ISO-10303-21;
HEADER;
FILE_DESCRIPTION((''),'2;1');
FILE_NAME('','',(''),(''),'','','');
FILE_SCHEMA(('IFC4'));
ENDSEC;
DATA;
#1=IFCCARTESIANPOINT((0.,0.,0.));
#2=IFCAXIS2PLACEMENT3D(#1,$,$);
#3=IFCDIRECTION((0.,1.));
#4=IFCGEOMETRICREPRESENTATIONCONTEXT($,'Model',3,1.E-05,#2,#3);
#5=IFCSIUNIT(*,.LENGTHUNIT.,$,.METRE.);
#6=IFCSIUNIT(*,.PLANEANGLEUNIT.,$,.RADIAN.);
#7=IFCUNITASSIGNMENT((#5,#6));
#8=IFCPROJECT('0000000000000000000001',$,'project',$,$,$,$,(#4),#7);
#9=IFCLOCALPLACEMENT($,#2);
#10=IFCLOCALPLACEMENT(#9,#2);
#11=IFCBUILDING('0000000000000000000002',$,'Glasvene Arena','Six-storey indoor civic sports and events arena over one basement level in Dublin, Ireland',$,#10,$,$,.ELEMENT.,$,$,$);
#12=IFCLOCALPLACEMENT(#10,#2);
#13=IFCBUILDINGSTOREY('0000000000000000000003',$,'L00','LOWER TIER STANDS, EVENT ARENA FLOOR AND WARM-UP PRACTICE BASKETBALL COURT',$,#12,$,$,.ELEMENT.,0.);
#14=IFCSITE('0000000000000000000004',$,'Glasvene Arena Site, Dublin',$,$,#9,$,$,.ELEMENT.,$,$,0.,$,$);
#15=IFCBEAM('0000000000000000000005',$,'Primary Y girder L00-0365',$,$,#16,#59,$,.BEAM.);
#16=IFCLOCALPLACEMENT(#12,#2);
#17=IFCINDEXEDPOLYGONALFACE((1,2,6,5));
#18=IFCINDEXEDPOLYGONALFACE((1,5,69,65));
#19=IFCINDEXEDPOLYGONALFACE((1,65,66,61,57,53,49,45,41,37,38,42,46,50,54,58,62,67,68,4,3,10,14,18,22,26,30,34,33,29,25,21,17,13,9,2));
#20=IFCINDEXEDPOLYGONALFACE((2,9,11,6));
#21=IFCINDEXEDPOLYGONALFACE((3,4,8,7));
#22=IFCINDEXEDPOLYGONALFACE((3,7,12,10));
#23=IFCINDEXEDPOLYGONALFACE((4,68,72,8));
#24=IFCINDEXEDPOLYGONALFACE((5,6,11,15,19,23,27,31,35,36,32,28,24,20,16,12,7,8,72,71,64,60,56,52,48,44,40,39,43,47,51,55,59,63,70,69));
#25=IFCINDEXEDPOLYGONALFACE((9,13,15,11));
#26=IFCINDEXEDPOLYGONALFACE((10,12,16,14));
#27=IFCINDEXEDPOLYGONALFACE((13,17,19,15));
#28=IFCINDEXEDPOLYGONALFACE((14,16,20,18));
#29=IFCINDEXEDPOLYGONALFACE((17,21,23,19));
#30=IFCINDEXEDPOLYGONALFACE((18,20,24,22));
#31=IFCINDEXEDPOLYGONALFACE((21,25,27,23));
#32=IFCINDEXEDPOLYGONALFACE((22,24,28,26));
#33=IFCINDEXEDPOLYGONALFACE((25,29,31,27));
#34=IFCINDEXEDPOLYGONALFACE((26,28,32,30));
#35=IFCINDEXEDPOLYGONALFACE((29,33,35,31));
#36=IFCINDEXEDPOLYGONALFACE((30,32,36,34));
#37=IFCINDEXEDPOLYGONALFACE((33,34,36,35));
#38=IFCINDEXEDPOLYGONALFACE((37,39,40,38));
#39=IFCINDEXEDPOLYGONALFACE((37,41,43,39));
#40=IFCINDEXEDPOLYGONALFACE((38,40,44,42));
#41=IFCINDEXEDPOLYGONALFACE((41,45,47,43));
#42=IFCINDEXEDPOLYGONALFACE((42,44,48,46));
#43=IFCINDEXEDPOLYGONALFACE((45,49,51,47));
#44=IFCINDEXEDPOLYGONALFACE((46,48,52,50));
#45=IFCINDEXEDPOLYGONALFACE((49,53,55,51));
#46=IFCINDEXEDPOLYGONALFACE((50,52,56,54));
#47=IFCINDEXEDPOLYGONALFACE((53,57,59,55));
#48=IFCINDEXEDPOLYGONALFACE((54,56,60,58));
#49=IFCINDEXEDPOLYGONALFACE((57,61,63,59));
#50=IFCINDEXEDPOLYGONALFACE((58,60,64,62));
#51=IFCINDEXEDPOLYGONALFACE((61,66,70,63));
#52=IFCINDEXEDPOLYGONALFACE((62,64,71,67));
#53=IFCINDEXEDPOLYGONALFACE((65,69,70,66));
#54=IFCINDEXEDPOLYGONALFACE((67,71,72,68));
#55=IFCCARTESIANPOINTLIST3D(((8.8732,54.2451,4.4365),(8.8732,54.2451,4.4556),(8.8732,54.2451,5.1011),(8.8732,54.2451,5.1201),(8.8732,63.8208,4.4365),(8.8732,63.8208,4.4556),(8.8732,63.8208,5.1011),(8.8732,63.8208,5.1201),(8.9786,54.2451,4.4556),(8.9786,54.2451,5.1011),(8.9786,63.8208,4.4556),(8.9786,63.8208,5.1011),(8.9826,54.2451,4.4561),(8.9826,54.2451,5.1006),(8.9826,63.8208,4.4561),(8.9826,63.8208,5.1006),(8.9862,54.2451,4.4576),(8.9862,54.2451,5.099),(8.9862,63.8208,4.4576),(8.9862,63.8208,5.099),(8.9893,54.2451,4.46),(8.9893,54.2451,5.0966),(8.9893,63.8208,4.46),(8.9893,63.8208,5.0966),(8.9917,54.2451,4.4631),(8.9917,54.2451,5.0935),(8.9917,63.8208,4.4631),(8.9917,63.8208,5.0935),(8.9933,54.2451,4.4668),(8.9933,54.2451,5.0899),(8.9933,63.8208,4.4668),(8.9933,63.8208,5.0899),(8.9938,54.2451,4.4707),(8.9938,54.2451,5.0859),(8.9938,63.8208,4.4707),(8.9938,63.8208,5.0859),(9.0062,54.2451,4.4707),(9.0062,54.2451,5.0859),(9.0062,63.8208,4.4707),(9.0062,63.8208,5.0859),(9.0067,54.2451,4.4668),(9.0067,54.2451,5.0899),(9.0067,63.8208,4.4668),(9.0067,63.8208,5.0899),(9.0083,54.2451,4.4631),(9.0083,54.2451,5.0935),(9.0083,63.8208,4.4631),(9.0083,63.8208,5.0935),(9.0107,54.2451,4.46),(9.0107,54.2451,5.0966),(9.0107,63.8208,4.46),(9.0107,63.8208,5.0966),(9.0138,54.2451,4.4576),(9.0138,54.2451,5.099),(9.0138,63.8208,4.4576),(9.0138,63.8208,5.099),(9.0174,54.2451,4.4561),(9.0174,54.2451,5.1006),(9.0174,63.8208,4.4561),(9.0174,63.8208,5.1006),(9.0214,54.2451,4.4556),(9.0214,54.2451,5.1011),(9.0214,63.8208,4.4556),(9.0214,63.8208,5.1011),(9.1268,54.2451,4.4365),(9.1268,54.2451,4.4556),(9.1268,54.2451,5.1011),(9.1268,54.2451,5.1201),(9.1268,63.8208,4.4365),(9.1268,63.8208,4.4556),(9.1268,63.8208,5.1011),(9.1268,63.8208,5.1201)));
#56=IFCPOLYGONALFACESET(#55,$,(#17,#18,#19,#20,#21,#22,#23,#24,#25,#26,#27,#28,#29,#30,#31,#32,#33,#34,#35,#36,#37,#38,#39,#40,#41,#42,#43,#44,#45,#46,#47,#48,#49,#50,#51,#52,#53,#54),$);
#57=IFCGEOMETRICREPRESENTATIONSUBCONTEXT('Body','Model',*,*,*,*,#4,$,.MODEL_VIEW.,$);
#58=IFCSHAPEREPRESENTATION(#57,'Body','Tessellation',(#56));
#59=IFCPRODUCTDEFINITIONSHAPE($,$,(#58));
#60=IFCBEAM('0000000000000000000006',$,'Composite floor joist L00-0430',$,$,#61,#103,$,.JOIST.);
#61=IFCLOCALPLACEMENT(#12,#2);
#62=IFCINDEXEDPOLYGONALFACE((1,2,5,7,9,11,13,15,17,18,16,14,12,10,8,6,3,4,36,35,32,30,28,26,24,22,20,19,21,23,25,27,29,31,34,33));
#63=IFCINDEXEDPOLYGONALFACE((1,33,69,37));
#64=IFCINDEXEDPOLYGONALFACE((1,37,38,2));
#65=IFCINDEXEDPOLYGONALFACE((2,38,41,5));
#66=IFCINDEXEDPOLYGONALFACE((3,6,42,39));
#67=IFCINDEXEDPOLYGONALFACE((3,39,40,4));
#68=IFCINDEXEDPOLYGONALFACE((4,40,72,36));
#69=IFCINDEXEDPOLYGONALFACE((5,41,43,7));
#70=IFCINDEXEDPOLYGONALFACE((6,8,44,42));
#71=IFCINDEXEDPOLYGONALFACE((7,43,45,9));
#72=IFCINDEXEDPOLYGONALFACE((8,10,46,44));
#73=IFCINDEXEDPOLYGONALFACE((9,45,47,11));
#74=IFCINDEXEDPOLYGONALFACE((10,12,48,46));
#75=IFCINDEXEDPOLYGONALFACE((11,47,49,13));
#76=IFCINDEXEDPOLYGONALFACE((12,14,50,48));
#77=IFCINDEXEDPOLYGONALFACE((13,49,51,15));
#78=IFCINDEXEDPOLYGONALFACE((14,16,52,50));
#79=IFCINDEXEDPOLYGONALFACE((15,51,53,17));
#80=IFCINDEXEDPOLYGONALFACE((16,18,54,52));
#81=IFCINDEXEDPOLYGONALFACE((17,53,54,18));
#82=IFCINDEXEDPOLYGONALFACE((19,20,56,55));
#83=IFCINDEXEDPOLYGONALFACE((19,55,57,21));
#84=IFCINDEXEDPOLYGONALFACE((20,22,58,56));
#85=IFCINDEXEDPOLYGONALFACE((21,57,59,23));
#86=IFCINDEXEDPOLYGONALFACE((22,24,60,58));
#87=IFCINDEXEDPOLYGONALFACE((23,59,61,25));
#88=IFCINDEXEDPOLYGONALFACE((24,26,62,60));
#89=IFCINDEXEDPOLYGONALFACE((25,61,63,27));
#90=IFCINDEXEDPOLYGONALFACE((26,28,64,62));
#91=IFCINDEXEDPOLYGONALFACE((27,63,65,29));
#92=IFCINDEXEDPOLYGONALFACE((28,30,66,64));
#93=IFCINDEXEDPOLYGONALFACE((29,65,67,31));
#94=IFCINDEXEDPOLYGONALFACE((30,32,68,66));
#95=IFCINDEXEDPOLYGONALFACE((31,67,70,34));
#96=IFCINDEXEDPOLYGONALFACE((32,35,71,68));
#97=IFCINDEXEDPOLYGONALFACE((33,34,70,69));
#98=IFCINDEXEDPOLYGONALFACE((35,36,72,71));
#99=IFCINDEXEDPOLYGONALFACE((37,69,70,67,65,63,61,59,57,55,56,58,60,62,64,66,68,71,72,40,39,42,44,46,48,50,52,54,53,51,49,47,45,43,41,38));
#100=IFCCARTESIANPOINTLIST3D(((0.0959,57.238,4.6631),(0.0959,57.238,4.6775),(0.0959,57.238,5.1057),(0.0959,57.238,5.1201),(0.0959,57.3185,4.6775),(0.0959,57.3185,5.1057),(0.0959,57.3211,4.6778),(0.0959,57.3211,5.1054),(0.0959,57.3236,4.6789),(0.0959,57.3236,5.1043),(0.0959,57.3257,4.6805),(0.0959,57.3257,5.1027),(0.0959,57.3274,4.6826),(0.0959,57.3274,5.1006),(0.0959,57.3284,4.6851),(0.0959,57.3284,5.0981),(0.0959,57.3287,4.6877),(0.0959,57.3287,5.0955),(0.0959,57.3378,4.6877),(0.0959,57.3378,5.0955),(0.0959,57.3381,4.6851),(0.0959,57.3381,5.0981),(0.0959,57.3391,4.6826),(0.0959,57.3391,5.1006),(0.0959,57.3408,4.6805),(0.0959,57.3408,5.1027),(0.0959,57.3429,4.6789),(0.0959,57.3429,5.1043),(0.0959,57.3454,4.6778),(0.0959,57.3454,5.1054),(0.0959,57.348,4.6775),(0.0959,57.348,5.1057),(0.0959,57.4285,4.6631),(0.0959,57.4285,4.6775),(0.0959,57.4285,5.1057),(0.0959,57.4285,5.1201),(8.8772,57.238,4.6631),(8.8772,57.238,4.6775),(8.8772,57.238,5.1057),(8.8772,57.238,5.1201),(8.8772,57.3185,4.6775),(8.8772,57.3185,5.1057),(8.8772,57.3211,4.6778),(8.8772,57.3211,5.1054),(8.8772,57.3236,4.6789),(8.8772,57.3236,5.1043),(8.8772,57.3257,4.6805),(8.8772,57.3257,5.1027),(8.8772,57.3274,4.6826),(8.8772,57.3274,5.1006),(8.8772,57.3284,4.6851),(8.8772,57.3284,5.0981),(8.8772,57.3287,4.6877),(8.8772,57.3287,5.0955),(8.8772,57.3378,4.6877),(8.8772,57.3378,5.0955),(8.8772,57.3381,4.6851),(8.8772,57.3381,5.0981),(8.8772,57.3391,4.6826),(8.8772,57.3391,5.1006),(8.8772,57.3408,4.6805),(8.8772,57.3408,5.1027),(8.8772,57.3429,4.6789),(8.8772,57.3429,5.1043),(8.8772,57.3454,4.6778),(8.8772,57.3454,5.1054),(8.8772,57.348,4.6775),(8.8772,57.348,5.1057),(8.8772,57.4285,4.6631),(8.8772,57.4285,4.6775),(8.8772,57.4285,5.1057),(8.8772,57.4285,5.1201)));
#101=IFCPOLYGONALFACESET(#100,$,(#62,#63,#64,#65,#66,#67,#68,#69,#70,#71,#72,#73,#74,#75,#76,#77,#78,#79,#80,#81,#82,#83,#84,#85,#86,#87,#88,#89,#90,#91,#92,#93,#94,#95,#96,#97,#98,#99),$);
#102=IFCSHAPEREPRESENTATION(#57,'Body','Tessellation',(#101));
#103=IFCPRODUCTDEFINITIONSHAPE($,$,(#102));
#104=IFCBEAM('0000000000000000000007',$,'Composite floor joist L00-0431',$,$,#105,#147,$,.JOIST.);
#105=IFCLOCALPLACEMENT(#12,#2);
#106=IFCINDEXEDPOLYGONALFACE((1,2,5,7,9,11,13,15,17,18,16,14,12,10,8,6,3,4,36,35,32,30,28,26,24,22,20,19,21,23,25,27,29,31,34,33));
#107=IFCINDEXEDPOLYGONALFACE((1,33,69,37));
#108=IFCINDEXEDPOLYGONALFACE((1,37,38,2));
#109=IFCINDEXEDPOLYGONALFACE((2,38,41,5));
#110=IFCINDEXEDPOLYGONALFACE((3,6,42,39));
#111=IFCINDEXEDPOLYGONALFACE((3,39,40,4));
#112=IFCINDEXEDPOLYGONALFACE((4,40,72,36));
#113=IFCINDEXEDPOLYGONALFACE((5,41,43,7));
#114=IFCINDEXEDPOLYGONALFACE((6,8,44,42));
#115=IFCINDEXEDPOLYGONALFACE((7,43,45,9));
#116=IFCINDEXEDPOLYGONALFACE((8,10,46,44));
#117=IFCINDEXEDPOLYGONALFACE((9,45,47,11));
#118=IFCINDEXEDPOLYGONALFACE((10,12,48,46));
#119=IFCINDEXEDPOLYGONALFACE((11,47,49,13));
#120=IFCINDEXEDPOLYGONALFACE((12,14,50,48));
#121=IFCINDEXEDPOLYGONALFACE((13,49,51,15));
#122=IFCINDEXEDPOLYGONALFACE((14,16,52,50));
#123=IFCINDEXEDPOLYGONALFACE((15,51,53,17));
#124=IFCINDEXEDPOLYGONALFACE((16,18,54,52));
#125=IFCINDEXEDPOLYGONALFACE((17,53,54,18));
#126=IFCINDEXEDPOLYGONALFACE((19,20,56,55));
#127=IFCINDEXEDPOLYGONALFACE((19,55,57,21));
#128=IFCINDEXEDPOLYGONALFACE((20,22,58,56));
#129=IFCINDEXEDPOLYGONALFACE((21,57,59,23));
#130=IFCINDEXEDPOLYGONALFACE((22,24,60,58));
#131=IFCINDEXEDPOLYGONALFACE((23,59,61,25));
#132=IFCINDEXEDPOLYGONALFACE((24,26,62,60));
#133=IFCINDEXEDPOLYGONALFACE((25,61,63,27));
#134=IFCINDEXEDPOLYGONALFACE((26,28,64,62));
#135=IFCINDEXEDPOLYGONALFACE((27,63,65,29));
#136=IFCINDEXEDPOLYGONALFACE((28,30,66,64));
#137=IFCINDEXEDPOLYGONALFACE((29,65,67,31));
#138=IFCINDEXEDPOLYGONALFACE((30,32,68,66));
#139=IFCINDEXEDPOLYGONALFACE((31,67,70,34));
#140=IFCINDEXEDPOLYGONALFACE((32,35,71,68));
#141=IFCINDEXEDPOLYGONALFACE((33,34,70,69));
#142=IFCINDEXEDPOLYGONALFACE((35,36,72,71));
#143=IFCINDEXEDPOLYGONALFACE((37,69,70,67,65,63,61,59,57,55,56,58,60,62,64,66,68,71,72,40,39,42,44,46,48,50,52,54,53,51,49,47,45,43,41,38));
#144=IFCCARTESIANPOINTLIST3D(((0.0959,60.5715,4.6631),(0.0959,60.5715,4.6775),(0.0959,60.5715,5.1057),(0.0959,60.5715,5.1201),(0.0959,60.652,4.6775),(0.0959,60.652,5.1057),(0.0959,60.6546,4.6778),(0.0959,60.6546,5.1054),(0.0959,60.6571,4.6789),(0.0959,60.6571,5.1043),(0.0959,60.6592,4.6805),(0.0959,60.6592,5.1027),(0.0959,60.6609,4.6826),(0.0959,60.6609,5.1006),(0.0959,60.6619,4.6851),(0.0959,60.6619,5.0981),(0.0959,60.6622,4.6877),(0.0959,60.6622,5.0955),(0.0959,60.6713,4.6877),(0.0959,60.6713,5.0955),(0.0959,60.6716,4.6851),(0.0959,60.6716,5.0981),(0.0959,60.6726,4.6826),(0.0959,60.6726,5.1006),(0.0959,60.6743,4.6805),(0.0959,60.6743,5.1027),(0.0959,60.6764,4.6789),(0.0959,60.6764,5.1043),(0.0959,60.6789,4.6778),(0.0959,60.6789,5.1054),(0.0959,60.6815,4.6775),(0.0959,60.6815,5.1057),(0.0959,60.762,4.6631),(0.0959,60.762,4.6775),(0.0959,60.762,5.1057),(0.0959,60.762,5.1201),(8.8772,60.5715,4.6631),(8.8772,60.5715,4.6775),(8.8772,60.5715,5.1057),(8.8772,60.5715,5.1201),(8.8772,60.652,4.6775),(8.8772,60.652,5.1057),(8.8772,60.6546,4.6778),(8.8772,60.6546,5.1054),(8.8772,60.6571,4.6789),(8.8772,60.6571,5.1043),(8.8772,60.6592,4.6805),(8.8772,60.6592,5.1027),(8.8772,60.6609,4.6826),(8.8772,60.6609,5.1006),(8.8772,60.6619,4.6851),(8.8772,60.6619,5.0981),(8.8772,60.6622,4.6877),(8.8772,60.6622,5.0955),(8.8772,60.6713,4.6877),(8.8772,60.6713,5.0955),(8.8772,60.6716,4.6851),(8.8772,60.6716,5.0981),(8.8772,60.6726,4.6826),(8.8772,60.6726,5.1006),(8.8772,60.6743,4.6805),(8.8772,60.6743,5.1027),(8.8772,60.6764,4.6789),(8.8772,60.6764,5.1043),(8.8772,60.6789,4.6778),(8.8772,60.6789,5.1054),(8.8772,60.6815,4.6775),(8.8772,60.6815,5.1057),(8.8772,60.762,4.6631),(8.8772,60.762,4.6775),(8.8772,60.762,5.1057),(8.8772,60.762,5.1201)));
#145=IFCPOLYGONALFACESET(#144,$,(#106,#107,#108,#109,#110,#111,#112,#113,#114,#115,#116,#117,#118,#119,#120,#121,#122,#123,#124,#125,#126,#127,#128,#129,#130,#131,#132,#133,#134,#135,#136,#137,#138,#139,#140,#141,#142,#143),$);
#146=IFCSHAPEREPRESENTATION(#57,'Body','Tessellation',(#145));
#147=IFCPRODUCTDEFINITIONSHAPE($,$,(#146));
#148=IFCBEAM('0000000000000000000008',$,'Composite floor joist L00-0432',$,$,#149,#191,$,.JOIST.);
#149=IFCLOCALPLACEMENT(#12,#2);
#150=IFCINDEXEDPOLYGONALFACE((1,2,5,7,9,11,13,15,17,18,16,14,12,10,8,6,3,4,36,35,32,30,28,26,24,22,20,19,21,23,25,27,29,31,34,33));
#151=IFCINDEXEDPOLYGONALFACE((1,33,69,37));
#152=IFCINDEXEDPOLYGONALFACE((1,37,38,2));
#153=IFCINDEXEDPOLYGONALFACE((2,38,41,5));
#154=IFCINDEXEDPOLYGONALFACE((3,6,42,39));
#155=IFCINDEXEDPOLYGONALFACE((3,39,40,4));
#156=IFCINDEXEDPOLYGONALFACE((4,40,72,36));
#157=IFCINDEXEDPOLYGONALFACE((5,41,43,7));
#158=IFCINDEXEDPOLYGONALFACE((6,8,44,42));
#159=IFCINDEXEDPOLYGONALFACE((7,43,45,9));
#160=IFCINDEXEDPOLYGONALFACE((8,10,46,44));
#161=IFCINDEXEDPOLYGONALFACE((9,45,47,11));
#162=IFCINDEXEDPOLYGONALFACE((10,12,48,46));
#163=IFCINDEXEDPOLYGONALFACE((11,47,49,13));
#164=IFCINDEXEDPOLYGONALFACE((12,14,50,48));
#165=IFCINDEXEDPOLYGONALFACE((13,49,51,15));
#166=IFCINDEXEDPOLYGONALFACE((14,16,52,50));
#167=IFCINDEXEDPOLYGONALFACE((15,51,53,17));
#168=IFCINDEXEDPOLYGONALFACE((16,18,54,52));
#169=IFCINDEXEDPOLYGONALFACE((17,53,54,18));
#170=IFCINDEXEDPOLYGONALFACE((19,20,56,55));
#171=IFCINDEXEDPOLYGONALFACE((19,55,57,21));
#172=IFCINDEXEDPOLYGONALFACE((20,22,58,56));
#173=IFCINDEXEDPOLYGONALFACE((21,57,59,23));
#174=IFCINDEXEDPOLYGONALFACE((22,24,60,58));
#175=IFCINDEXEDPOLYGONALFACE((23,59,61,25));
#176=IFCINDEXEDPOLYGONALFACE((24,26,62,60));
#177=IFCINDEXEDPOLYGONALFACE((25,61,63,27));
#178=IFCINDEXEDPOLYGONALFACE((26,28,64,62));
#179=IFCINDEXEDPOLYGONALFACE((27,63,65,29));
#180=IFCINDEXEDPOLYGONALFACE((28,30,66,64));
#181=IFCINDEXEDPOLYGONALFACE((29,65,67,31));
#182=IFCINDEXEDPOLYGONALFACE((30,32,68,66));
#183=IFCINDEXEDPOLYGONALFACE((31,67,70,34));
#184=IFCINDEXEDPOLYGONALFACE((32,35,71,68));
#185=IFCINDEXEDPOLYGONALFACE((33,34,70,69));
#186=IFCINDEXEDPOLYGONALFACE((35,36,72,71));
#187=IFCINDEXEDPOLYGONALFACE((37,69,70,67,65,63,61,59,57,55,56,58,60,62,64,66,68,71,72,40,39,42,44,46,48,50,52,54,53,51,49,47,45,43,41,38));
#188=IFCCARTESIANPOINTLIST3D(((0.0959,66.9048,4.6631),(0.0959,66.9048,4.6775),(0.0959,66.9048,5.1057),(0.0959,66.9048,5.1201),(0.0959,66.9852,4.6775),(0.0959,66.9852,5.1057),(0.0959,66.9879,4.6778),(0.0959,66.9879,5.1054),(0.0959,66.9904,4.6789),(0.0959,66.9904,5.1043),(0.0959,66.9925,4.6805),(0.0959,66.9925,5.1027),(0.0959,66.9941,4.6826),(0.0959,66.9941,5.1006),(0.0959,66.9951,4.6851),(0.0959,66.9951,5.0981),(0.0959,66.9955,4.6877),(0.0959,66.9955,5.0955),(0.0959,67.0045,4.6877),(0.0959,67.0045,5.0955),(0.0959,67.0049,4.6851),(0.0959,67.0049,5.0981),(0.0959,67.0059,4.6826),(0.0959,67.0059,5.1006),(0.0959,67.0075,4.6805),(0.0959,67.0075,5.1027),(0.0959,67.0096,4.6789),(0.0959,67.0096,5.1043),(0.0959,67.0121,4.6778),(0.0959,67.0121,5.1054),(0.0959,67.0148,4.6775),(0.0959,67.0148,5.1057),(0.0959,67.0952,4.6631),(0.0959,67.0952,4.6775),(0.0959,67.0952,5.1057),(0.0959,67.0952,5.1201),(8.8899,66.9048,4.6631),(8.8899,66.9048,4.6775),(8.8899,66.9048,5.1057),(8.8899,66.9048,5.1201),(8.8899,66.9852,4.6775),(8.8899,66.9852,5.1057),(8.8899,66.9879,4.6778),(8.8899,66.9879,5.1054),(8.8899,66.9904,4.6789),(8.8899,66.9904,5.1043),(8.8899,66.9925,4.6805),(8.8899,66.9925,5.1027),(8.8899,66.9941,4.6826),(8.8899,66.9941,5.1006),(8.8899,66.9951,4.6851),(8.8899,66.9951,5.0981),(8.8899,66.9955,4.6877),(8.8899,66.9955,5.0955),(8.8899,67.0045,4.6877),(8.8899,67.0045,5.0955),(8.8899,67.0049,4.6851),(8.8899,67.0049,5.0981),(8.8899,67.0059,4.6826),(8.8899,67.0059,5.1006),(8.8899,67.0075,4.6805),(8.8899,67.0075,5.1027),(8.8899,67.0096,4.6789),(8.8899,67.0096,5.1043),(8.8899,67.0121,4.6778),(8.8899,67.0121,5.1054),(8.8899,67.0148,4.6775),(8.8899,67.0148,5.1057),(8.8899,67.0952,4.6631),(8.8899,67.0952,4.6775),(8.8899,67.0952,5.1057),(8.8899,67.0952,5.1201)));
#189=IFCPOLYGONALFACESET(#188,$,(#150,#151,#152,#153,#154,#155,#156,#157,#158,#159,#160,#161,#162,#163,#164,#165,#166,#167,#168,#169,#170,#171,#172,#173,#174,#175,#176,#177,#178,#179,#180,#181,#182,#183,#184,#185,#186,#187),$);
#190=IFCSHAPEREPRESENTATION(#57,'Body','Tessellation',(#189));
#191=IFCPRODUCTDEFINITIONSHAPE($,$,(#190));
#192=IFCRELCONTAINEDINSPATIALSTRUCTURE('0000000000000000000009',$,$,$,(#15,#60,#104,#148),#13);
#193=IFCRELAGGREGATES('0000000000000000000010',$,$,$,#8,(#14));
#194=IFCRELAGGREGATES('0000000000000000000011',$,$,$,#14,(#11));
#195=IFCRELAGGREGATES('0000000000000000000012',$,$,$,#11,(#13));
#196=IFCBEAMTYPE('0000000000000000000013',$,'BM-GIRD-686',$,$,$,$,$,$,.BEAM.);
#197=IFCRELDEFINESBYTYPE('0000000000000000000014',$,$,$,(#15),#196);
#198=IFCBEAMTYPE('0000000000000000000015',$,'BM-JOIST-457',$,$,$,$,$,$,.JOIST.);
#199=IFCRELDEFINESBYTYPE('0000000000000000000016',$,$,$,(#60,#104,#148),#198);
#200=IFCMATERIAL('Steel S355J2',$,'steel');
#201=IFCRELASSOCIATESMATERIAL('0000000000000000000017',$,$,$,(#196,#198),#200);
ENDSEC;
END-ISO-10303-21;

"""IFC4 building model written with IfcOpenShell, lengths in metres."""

from ifc_helpers import new_model, si_unit, direction, frame, origin, origin_2d, place, context, subcontext, project, spatial, i_section, extrude, material, material_profile, profile_set, type_object, element, save


model = new_model("IFC4")

# Units and contexts
model_context = context("Model", 3, precision=1e-05, world=origin(), true_north=direction((0.0, 1.0)))
body_context = subcontext(model_context, "Body", "Model", "MODEL_VIEW")
ifc_project = project(units=[si_unit("LENGTHUNIT", "METRE"), si_unit("PLANEANGLEUNIT", "RADIAN")], contexts=[model_context])

# Site, building, storey
site_placement = place(None, origin())
site = spatial("IfcSite", under=ifc_project, at=site_placement, Name="Glasvene Arena Site, Dublin", CompositionType="ELEMENT", RefElevation=0.0)
building_placement = place(site_placement, origin())
building = spatial("IfcBuilding", under=site, at=building_placement, Name="Glasvene Arena", Description="Six-storey indoor civic sports and events arena over one basement level in Dublin, Ireland", CompositionType="ELEMENT")
storey_placement = place(building_placement, origin())
storey = spatial("IfcBuildingStorey", under=building, at=storey_placement, Name="L00", Description="LOWER TIER STANDS, EVENT ARENA FLOOR AND WARM-UP PRACTICE BASKETBALL COURT", CompositionType="ELEMENT", Elevation=0.0)

# Shared definitions
ifc_material_1 = material(Name="Steel S355J2", Category="steel")

# Beams
ifc_material_profile_1 = material_profile(ifc_material_1, i_section(OverallWidth=0.2537, OverallDepth=0.6836, WebThickness=0.0125, FlangeThickness=0.019, FilletRadius=0.0151, at=origin_2d()), Name="UKB 686x254x140")
ifc_profile_set_1 = profile_set([ifc_material_profile_1], Name="Steel S355J2")
beam_type_1 = type_object("IfcBeamType", Name="BM-GIRD-686", PredefinedType="BEAM", material=ifc_profile_set_1)
beam_1_placement = place(storey_placement, frame((9.0, 54.2451, 4.7783), z_axis=(0.0, 1.0, 0.0), x_axis=(-1.0, 0.0, 0.0)))
element("IfcBeam", 1, at=beam_1_placement, inside=storey, type_object=beam_type_1, Name="Primary Y girder L00-0365", PredefinedType="BEAM", context=body_context, shape_type="SweptSolid", body=[
    extrude(i_section(OverallWidth=0.2537, OverallDepth=0.6836, WebThickness=0.0125, FlangeThickness=0.019, FilletRadius=0.0151, at=origin_2d()), origin(), (0.0, 0.0, 1.0), 9.5757),
])
ifc_material_profile_2 = material_profile(ifc_material_1, i_section(OverallWidth=0.1904, OverallDepth=0.457, WebThickness=0.009, FlangeThickness=0.0144, FilletRadius=0.0103, at=origin_2d()), Name="UKB 457x191x74")
ifc_profile_set_2 = profile_set([ifc_material_profile_2], Name="Steel S355J2")
beam_type_2 = type_object("IfcBeamType", Name="BM-JOIST-457", PredefinedType="JOIST", material=ifc_profile_set_2)
for number, where, z_axis, x_axis, name in (
    (2, (0.0959, 57.3333, 4.8916), (1.0, 0.0, 0.0), (0.0, 1.0, 0.0), "Composite floor joist L00-0430"),
    (3, (0.0959, 60.6667, 4.8916), (1.0, 0.0, 0.0), (0.0, 1.0, 0.0), "Composite floor joist L00-0431"),
):
    element("IfcBeam", number, at=place(storey_placement, frame(where, z_axis=z_axis, x_axis=x_axis)), inside=storey, type_object=beam_type_2, Name=name, PredefinedType="JOIST", context=body_context, shape_type="SweptSolid", body=[
        extrude(i_section(OverallWidth=0.1904, OverallDepth=0.457, WebThickness=0.009, FlangeThickness=0.0144, FilletRadius=0.0103, at=origin_2d()), origin(), (0.0, 0.0, 1.0), 8.7812),
    ])
beam_2_placement = place(storey_placement, frame((0.0959, 67.0, 4.8916), z_axis=(1.0, 0.0, 0.0), x_axis=(0.0, 1.0, 0.0)))
element("IfcBeam", 4, at=beam_2_placement, inside=storey, type_object=beam_type_2, Name="Composite floor joist L00-0432", PredefinedType="JOIST", context=body_context, shape_type="SweptSolid", body=[
    extrude(i_section(OverallWidth=0.1904, OverallDepth=0.457, WebThickness=0.009, FlangeThickness=0.0144, FilletRadius=0.0103, at=origin_2d()), origin(), (0.0, 0.0, 1.0), 8.7939),
])

save(model, "model.ifc")
